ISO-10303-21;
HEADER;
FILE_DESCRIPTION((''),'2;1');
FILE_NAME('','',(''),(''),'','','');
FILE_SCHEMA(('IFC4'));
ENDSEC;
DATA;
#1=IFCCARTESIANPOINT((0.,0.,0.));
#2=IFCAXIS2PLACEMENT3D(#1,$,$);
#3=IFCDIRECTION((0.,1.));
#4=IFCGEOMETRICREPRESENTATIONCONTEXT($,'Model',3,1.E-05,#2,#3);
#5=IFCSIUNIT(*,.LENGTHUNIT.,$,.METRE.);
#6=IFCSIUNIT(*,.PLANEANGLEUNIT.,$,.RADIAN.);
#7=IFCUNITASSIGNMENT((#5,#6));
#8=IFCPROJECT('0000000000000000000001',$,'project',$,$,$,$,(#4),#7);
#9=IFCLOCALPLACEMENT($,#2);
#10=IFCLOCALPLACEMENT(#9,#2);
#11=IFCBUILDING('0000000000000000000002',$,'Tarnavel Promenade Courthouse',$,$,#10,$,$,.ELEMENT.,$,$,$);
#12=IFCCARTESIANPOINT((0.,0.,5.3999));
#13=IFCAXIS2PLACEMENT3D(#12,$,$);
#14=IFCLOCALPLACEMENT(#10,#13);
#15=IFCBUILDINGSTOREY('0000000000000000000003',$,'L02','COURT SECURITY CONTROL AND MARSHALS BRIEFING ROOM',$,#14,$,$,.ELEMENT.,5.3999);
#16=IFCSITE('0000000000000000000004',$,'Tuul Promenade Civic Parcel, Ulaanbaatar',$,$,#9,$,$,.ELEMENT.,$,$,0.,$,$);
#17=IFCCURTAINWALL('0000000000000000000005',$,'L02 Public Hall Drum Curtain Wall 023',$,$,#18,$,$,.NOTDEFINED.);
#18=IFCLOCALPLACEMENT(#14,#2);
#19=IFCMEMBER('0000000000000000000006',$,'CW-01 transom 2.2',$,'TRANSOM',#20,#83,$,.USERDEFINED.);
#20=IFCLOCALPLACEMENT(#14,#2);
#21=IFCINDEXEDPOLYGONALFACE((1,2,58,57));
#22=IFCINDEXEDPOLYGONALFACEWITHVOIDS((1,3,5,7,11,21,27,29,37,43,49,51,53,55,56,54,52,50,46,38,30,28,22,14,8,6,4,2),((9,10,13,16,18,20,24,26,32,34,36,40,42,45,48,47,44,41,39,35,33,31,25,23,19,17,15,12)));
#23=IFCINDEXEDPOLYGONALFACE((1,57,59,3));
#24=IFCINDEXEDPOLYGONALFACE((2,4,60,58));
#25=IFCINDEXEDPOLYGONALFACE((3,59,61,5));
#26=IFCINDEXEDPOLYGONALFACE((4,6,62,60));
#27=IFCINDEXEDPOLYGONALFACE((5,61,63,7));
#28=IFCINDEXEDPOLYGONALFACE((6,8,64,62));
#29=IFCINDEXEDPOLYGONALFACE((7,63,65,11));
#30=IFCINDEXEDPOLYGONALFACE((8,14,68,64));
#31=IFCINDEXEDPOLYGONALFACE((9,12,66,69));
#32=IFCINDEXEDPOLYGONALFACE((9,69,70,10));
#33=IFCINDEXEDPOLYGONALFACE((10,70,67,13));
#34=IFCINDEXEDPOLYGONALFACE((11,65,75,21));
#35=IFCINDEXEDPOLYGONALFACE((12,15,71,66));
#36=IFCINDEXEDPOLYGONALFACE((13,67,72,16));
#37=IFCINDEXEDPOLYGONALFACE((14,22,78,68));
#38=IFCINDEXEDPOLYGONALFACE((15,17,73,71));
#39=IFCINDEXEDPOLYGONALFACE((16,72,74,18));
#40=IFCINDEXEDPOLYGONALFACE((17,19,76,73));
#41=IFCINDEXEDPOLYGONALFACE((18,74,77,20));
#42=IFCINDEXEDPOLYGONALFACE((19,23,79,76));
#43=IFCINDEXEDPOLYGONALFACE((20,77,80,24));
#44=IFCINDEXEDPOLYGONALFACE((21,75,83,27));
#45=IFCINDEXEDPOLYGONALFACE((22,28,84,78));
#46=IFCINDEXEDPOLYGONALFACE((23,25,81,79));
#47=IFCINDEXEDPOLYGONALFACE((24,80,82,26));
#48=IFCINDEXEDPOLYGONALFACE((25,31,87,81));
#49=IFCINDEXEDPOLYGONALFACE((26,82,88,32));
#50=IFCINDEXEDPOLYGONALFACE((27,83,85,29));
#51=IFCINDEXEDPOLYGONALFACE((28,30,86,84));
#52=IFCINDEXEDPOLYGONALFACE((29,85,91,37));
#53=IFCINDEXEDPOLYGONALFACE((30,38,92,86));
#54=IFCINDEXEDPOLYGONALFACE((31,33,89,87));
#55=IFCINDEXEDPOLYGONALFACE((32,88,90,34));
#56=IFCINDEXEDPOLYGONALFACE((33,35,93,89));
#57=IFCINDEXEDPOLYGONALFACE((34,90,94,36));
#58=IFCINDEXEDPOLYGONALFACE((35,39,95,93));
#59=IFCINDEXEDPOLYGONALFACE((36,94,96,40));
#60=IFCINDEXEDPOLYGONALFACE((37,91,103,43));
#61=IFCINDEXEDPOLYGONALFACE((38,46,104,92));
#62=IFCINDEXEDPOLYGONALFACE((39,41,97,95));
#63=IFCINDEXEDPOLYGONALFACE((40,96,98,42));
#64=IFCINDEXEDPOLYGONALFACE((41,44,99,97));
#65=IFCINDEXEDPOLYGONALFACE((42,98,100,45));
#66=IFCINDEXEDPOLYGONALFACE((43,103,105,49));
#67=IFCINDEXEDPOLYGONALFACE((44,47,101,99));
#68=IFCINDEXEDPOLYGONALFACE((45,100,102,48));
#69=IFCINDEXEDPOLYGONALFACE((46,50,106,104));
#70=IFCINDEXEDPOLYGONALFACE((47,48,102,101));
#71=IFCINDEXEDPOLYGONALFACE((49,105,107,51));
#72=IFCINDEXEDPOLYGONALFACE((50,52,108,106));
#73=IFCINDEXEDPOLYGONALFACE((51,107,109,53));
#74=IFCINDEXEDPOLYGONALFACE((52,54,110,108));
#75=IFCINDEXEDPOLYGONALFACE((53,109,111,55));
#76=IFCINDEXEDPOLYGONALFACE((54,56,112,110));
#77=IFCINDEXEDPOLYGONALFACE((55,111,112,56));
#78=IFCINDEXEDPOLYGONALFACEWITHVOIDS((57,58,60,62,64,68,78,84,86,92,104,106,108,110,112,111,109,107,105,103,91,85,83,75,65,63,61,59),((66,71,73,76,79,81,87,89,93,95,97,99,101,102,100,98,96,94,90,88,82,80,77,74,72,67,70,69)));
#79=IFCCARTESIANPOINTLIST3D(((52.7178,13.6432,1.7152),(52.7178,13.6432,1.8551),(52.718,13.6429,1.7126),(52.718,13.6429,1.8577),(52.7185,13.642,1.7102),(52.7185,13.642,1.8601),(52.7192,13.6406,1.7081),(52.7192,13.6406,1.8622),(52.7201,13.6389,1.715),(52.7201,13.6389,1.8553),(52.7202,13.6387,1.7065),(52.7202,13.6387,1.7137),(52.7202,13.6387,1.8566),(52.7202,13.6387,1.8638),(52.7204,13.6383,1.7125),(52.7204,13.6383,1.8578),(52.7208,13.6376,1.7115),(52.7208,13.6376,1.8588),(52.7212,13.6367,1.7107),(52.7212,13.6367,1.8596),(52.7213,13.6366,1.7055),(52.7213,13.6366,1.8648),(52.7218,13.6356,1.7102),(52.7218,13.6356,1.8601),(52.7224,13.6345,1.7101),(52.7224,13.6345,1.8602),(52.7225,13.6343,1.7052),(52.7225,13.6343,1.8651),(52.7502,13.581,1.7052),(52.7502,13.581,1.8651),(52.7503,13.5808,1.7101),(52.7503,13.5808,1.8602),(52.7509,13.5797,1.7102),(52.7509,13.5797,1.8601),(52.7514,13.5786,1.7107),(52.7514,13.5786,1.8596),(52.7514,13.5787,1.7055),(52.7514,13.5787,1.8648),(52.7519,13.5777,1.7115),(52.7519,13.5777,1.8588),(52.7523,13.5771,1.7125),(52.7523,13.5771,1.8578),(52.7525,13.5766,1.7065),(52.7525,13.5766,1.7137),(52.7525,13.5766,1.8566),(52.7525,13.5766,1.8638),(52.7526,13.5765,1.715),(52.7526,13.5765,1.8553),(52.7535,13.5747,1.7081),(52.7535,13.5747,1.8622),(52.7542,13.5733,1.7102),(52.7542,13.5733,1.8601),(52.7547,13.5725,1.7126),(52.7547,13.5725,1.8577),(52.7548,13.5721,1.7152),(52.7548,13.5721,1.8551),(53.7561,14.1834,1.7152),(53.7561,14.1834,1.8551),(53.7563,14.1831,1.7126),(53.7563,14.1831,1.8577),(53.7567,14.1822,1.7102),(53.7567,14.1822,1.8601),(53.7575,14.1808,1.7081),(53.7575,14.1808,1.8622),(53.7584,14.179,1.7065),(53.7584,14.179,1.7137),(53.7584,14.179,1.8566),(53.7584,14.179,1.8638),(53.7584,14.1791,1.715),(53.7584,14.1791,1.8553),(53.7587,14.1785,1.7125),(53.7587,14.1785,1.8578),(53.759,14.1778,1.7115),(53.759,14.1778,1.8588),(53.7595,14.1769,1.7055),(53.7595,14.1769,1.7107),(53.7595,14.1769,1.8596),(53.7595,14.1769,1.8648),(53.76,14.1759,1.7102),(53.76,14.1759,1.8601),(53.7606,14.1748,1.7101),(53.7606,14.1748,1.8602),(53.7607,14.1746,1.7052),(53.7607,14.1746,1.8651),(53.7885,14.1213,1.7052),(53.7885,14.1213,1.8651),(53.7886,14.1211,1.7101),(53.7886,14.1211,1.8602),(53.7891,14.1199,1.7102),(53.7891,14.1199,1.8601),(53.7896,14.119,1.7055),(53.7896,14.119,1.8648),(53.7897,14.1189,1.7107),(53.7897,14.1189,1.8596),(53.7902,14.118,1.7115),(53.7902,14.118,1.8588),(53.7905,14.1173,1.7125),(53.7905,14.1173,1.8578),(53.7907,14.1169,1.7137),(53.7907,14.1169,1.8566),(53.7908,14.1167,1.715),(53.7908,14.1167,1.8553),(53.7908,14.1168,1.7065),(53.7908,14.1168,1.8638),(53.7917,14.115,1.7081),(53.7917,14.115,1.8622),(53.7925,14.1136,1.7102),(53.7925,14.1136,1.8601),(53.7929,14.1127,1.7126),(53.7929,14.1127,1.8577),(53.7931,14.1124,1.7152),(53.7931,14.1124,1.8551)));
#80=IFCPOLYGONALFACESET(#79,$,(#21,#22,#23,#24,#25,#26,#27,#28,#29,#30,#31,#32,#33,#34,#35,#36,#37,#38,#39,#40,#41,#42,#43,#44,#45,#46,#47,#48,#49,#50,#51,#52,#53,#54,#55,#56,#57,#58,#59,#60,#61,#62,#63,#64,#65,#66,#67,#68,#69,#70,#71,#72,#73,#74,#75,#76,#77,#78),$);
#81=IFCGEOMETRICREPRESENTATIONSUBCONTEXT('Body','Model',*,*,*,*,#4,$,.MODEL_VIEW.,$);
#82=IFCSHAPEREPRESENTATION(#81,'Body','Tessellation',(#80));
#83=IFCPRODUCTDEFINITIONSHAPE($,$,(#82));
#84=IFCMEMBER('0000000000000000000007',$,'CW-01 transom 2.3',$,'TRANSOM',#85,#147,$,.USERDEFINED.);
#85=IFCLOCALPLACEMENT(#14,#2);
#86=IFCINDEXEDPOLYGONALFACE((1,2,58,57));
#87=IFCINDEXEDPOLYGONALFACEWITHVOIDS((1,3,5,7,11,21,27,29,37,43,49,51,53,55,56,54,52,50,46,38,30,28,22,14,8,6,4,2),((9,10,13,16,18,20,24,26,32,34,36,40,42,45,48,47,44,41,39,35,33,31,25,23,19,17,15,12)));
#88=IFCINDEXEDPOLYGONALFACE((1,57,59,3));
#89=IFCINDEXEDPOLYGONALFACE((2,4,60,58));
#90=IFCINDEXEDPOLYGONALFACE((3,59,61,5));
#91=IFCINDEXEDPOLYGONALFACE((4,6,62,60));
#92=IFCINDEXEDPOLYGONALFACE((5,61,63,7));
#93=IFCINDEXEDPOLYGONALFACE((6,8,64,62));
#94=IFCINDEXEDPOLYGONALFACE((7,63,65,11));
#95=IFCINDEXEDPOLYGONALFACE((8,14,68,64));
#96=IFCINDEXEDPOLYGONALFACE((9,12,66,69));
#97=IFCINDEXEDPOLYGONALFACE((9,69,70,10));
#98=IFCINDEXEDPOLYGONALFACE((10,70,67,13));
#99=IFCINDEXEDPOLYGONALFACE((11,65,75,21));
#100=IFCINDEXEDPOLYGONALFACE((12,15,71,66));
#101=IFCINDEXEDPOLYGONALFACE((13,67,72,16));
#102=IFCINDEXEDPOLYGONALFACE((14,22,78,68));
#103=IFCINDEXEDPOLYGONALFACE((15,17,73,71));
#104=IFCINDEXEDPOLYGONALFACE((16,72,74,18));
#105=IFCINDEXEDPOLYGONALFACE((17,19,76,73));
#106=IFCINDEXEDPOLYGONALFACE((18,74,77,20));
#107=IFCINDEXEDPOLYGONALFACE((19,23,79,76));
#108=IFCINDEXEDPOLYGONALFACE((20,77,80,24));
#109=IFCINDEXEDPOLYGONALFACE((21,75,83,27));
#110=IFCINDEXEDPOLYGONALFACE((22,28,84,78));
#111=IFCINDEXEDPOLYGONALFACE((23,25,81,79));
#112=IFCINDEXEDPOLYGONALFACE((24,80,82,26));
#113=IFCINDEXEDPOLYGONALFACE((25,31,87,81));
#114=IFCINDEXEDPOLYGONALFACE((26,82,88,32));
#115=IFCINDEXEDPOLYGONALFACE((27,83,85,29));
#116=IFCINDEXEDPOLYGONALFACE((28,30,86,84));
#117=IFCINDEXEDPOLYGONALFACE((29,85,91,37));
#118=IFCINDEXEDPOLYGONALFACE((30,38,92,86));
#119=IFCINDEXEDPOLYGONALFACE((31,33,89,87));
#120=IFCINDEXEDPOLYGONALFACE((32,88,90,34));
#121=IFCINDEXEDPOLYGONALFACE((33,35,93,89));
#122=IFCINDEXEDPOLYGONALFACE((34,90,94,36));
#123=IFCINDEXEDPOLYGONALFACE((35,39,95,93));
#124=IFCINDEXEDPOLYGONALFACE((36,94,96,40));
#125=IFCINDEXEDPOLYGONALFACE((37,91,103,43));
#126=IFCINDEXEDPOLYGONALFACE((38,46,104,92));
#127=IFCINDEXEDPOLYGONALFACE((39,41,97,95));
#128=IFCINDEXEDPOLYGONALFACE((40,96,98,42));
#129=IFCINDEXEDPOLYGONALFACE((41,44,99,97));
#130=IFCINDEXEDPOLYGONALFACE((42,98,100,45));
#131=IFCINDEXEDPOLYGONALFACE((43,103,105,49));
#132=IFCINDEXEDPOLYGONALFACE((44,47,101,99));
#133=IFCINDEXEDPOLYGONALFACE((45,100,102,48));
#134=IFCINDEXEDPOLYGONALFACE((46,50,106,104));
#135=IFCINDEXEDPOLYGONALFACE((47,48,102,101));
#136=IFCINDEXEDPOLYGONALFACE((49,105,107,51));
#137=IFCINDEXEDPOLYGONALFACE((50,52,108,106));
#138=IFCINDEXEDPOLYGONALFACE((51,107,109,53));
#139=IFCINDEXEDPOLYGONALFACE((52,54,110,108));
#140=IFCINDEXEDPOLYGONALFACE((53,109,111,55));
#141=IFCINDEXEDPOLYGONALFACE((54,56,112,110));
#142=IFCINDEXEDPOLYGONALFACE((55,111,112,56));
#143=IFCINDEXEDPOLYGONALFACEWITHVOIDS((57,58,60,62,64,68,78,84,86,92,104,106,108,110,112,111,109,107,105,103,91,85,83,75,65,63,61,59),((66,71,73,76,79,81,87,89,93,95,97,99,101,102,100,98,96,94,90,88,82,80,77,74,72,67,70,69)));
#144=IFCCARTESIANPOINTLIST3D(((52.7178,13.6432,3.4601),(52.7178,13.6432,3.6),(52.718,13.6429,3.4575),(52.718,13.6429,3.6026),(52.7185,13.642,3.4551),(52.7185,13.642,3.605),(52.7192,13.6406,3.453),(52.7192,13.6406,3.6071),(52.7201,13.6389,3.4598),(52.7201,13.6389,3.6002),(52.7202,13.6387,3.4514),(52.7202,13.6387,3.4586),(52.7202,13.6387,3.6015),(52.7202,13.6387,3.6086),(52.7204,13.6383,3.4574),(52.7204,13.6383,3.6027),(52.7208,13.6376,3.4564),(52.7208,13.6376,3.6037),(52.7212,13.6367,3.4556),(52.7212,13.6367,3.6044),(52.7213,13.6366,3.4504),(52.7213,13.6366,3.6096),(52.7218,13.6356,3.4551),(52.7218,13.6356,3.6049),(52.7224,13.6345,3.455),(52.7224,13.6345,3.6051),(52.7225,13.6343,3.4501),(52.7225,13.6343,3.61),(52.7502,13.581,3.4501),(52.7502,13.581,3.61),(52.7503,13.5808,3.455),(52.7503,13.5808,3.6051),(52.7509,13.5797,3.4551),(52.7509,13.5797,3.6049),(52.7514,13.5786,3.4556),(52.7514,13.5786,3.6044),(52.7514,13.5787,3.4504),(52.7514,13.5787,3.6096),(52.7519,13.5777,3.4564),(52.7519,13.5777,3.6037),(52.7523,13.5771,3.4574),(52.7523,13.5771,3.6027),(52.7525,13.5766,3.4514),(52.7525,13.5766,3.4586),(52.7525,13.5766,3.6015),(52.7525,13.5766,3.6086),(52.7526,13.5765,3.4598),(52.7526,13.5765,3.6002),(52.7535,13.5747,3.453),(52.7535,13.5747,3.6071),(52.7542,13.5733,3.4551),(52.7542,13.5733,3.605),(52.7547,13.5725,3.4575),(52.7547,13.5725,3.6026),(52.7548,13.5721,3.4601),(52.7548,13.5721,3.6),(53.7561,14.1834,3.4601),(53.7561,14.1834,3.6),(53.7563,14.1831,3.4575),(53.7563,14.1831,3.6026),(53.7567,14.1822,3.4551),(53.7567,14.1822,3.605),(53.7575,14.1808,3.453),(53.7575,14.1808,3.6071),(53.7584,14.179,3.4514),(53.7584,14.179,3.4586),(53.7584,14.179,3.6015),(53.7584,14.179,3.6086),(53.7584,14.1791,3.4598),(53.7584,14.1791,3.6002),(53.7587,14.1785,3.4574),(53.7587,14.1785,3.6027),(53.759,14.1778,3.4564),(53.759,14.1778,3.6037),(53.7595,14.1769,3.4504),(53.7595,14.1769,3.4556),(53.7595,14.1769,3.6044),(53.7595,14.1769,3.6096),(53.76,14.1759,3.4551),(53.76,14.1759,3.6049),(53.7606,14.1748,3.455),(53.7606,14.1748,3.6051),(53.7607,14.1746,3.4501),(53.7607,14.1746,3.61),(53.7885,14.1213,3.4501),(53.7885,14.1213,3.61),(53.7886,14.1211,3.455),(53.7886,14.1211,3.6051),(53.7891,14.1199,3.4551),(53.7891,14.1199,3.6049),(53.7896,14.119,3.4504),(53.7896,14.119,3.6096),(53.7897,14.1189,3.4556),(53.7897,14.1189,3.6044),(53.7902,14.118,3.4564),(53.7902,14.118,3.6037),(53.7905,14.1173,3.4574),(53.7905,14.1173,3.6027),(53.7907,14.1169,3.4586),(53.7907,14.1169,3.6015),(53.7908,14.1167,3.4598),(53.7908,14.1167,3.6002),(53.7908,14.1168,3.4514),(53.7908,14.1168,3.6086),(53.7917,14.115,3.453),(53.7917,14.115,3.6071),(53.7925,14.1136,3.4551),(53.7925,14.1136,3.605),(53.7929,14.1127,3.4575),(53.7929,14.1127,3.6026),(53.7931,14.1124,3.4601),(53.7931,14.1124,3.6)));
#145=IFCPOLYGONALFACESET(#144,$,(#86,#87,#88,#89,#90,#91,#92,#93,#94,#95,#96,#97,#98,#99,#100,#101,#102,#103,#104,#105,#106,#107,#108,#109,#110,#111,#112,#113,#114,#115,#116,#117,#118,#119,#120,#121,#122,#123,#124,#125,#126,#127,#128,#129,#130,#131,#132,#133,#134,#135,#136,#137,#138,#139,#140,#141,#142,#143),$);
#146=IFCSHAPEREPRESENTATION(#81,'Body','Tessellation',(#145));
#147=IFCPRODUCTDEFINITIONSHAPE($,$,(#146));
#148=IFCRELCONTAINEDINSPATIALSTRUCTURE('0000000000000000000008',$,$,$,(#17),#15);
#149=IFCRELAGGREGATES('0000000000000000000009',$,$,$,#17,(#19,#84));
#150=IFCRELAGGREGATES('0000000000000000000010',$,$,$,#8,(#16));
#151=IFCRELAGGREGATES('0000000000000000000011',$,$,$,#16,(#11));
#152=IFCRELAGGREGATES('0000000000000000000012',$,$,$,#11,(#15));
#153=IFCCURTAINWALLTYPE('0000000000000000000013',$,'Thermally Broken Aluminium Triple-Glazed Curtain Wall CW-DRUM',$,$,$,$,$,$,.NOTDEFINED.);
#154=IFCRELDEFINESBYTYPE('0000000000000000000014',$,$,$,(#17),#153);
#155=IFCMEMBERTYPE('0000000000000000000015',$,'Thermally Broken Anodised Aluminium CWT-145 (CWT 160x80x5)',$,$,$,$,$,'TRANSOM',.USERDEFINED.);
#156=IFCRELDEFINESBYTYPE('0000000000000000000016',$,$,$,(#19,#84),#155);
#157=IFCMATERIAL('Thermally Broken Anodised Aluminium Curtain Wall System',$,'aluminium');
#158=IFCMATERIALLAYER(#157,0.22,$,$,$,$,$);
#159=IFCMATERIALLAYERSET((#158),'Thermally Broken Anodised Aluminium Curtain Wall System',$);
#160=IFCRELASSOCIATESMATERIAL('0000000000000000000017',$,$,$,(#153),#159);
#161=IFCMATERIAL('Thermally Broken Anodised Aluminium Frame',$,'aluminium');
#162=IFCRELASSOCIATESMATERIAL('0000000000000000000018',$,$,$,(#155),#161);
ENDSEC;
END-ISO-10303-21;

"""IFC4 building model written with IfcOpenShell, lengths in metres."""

from ifc_helpers import new_model, si_unit, direction, frame, origin, origin_2d, place, context, subcontext, project, spatial, hollow_rectangle, extrude, material, layer, layer_set, material_profile, profile_set, type_object, element, aggregate, save


model = new_model("IFC4")

# Units and contexts
model_context = context("Model", 3, precision=1e-05, world=origin(), true_north=direction((0.0, 1.0)))
body_context = subcontext(model_context, "Body", "Model", "MODEL_VIEW")
ifc_project = project(units=[si_unit("LENGTHUNIT", "METRE"), si_unit("PLANEANGLEUNIT", "RADIAN")], contexts=[model_context])

# Site, building, storey
site_placement = place(None, origin())
site = spatial("IfcSite", under=ifc_project, at=site_placement, Name="Tuul Promenade Civic Parcel, Ulaanbaatar", CompositionType="ELEMENT", RefElevation=0.0)
building_placement = place(site_placement, origin())
building = spatial("IfcBuilding", under=site, at=building_placement, Name="Tarnavel Promenade Courthouse", CompositionType="ELEMENT")
storey_placement = place(building_placement, frame((0.0, 0.0, 5.3999)))
storey = spatial("IfcBuildingStorey", under=building, at=storey_placement, Name="L02", Description="COURT SECURITY CONTROL AND MARSHALS BRIEFING ROOM", CompositionType="ELEMENT", Elevation=5.3999)

# Curtain wall
ifc_material_1 = material(Name="Thermally Broken Anodised Aluminium Curtain Wall System", Category="aluminium")
ifc_layer_1 = layer(ifc_material_1, 0.22)
ifc_layer_set_1 = layer_set([ifc_layer_1], Name="Thermally Broken Anodised Aluminium Curtain Wall System")
curtain_wall_type = type_object("IfcCurtainWallType", Name="Thermally Broken Aluminium Triple-Glazed Curtain Wall CW-DRUM", PredefinedType="NOTDEFINED", material=ifc_layer_set_1)
curtain_wall_1_placement = place(storey_placement, origin())
curtain_wall_1 = element("IfcCurtainWall", 1, at=curtain_wall_1_placement, inside=storey, type_object=curtain_wall_type, Name="L02 Public Hall Drum Curtain Wall 023", PredefinedType="NOTDEFINED")
ifc_material_2 = material(Name="Thermally Broken Anodised Aluminium Frame", Category="aluminium")

# Members
ifc_material_profile_1 = material_profile(ifc_material_2, hollow_rectangle(XDim=0.0801, YDim=0.1599, WallThickness=0.0049, InnerFilletRadius=0.0049, OuterFilletRadius=0.01, at=origin_2d()), Name="CWT 160x80x5")
ifc_profile_set_1 = profile_set([ifc_material_profile_1], Name="Thermally Broken Anodised Aluminium Frame")
member_type_1 = type_object("IfcMemberType", Name="Thermally Broken Anodised Aluminium CWT-145 (CWT 160x80x5)", ElementType="TRANSOM", PredefinedType="USERDEFINED", material=ifc_profile_set_1)
member_1_placement = place(storey_placement, frame((52.7363, 13.6077, 1.7852), z_axis=(0.887094, 0.461589, 0.0), x_axis=(-0.461589, 0.887094, 0.0)))
member_1 = element("IfcMember", 2, at=member_1_placement, type_object=member_type_1, Name="CW-01 transom 2.2", ObjectType="TRANSOM", PredefinedType="USERDEFINED", context=body_context, shape_type="SweptSolid", body=[
    extrude(hollow_rectangle(XDim=0.0801, YDim=0.1599, WallThickness=0.0049, InnerFilletRadius=0.0049, OuterFilletRadius=0.01, at=origin_2d()), origin(), (0.0, 0.0, 1.0), 1.1704),
])
member_2_placement = place(storey_placement, frame((52.7363, 13.6077, 3.53), z_axis=(0.887094, 0.461589, 0.0), x_axis=(-0.461589, 0.887094, 0.0)))
member_2 = element("IfcMember", 3, at=member_2_placement, type_object=member_type_1, Name="CW-01 transom 2.3", ObjectType="TRANSOM", PredefinedType="USERDEFINED", context=body_context, shape_type="SweptSolid", body=[
    extrude(hollow_rectangle(XDim=0.0801, YDim=0.1599, WallThickness=0.0049, InnerFilletRadius=0.0049, OuterFilletRadius=0.01, at=origin_2d()), origin(), (0.0, 0.0, 1.0), 1.1704),
])

aggregate(curtain_wall_1, [member_1, member_2])

save(model, "model.ifc")
